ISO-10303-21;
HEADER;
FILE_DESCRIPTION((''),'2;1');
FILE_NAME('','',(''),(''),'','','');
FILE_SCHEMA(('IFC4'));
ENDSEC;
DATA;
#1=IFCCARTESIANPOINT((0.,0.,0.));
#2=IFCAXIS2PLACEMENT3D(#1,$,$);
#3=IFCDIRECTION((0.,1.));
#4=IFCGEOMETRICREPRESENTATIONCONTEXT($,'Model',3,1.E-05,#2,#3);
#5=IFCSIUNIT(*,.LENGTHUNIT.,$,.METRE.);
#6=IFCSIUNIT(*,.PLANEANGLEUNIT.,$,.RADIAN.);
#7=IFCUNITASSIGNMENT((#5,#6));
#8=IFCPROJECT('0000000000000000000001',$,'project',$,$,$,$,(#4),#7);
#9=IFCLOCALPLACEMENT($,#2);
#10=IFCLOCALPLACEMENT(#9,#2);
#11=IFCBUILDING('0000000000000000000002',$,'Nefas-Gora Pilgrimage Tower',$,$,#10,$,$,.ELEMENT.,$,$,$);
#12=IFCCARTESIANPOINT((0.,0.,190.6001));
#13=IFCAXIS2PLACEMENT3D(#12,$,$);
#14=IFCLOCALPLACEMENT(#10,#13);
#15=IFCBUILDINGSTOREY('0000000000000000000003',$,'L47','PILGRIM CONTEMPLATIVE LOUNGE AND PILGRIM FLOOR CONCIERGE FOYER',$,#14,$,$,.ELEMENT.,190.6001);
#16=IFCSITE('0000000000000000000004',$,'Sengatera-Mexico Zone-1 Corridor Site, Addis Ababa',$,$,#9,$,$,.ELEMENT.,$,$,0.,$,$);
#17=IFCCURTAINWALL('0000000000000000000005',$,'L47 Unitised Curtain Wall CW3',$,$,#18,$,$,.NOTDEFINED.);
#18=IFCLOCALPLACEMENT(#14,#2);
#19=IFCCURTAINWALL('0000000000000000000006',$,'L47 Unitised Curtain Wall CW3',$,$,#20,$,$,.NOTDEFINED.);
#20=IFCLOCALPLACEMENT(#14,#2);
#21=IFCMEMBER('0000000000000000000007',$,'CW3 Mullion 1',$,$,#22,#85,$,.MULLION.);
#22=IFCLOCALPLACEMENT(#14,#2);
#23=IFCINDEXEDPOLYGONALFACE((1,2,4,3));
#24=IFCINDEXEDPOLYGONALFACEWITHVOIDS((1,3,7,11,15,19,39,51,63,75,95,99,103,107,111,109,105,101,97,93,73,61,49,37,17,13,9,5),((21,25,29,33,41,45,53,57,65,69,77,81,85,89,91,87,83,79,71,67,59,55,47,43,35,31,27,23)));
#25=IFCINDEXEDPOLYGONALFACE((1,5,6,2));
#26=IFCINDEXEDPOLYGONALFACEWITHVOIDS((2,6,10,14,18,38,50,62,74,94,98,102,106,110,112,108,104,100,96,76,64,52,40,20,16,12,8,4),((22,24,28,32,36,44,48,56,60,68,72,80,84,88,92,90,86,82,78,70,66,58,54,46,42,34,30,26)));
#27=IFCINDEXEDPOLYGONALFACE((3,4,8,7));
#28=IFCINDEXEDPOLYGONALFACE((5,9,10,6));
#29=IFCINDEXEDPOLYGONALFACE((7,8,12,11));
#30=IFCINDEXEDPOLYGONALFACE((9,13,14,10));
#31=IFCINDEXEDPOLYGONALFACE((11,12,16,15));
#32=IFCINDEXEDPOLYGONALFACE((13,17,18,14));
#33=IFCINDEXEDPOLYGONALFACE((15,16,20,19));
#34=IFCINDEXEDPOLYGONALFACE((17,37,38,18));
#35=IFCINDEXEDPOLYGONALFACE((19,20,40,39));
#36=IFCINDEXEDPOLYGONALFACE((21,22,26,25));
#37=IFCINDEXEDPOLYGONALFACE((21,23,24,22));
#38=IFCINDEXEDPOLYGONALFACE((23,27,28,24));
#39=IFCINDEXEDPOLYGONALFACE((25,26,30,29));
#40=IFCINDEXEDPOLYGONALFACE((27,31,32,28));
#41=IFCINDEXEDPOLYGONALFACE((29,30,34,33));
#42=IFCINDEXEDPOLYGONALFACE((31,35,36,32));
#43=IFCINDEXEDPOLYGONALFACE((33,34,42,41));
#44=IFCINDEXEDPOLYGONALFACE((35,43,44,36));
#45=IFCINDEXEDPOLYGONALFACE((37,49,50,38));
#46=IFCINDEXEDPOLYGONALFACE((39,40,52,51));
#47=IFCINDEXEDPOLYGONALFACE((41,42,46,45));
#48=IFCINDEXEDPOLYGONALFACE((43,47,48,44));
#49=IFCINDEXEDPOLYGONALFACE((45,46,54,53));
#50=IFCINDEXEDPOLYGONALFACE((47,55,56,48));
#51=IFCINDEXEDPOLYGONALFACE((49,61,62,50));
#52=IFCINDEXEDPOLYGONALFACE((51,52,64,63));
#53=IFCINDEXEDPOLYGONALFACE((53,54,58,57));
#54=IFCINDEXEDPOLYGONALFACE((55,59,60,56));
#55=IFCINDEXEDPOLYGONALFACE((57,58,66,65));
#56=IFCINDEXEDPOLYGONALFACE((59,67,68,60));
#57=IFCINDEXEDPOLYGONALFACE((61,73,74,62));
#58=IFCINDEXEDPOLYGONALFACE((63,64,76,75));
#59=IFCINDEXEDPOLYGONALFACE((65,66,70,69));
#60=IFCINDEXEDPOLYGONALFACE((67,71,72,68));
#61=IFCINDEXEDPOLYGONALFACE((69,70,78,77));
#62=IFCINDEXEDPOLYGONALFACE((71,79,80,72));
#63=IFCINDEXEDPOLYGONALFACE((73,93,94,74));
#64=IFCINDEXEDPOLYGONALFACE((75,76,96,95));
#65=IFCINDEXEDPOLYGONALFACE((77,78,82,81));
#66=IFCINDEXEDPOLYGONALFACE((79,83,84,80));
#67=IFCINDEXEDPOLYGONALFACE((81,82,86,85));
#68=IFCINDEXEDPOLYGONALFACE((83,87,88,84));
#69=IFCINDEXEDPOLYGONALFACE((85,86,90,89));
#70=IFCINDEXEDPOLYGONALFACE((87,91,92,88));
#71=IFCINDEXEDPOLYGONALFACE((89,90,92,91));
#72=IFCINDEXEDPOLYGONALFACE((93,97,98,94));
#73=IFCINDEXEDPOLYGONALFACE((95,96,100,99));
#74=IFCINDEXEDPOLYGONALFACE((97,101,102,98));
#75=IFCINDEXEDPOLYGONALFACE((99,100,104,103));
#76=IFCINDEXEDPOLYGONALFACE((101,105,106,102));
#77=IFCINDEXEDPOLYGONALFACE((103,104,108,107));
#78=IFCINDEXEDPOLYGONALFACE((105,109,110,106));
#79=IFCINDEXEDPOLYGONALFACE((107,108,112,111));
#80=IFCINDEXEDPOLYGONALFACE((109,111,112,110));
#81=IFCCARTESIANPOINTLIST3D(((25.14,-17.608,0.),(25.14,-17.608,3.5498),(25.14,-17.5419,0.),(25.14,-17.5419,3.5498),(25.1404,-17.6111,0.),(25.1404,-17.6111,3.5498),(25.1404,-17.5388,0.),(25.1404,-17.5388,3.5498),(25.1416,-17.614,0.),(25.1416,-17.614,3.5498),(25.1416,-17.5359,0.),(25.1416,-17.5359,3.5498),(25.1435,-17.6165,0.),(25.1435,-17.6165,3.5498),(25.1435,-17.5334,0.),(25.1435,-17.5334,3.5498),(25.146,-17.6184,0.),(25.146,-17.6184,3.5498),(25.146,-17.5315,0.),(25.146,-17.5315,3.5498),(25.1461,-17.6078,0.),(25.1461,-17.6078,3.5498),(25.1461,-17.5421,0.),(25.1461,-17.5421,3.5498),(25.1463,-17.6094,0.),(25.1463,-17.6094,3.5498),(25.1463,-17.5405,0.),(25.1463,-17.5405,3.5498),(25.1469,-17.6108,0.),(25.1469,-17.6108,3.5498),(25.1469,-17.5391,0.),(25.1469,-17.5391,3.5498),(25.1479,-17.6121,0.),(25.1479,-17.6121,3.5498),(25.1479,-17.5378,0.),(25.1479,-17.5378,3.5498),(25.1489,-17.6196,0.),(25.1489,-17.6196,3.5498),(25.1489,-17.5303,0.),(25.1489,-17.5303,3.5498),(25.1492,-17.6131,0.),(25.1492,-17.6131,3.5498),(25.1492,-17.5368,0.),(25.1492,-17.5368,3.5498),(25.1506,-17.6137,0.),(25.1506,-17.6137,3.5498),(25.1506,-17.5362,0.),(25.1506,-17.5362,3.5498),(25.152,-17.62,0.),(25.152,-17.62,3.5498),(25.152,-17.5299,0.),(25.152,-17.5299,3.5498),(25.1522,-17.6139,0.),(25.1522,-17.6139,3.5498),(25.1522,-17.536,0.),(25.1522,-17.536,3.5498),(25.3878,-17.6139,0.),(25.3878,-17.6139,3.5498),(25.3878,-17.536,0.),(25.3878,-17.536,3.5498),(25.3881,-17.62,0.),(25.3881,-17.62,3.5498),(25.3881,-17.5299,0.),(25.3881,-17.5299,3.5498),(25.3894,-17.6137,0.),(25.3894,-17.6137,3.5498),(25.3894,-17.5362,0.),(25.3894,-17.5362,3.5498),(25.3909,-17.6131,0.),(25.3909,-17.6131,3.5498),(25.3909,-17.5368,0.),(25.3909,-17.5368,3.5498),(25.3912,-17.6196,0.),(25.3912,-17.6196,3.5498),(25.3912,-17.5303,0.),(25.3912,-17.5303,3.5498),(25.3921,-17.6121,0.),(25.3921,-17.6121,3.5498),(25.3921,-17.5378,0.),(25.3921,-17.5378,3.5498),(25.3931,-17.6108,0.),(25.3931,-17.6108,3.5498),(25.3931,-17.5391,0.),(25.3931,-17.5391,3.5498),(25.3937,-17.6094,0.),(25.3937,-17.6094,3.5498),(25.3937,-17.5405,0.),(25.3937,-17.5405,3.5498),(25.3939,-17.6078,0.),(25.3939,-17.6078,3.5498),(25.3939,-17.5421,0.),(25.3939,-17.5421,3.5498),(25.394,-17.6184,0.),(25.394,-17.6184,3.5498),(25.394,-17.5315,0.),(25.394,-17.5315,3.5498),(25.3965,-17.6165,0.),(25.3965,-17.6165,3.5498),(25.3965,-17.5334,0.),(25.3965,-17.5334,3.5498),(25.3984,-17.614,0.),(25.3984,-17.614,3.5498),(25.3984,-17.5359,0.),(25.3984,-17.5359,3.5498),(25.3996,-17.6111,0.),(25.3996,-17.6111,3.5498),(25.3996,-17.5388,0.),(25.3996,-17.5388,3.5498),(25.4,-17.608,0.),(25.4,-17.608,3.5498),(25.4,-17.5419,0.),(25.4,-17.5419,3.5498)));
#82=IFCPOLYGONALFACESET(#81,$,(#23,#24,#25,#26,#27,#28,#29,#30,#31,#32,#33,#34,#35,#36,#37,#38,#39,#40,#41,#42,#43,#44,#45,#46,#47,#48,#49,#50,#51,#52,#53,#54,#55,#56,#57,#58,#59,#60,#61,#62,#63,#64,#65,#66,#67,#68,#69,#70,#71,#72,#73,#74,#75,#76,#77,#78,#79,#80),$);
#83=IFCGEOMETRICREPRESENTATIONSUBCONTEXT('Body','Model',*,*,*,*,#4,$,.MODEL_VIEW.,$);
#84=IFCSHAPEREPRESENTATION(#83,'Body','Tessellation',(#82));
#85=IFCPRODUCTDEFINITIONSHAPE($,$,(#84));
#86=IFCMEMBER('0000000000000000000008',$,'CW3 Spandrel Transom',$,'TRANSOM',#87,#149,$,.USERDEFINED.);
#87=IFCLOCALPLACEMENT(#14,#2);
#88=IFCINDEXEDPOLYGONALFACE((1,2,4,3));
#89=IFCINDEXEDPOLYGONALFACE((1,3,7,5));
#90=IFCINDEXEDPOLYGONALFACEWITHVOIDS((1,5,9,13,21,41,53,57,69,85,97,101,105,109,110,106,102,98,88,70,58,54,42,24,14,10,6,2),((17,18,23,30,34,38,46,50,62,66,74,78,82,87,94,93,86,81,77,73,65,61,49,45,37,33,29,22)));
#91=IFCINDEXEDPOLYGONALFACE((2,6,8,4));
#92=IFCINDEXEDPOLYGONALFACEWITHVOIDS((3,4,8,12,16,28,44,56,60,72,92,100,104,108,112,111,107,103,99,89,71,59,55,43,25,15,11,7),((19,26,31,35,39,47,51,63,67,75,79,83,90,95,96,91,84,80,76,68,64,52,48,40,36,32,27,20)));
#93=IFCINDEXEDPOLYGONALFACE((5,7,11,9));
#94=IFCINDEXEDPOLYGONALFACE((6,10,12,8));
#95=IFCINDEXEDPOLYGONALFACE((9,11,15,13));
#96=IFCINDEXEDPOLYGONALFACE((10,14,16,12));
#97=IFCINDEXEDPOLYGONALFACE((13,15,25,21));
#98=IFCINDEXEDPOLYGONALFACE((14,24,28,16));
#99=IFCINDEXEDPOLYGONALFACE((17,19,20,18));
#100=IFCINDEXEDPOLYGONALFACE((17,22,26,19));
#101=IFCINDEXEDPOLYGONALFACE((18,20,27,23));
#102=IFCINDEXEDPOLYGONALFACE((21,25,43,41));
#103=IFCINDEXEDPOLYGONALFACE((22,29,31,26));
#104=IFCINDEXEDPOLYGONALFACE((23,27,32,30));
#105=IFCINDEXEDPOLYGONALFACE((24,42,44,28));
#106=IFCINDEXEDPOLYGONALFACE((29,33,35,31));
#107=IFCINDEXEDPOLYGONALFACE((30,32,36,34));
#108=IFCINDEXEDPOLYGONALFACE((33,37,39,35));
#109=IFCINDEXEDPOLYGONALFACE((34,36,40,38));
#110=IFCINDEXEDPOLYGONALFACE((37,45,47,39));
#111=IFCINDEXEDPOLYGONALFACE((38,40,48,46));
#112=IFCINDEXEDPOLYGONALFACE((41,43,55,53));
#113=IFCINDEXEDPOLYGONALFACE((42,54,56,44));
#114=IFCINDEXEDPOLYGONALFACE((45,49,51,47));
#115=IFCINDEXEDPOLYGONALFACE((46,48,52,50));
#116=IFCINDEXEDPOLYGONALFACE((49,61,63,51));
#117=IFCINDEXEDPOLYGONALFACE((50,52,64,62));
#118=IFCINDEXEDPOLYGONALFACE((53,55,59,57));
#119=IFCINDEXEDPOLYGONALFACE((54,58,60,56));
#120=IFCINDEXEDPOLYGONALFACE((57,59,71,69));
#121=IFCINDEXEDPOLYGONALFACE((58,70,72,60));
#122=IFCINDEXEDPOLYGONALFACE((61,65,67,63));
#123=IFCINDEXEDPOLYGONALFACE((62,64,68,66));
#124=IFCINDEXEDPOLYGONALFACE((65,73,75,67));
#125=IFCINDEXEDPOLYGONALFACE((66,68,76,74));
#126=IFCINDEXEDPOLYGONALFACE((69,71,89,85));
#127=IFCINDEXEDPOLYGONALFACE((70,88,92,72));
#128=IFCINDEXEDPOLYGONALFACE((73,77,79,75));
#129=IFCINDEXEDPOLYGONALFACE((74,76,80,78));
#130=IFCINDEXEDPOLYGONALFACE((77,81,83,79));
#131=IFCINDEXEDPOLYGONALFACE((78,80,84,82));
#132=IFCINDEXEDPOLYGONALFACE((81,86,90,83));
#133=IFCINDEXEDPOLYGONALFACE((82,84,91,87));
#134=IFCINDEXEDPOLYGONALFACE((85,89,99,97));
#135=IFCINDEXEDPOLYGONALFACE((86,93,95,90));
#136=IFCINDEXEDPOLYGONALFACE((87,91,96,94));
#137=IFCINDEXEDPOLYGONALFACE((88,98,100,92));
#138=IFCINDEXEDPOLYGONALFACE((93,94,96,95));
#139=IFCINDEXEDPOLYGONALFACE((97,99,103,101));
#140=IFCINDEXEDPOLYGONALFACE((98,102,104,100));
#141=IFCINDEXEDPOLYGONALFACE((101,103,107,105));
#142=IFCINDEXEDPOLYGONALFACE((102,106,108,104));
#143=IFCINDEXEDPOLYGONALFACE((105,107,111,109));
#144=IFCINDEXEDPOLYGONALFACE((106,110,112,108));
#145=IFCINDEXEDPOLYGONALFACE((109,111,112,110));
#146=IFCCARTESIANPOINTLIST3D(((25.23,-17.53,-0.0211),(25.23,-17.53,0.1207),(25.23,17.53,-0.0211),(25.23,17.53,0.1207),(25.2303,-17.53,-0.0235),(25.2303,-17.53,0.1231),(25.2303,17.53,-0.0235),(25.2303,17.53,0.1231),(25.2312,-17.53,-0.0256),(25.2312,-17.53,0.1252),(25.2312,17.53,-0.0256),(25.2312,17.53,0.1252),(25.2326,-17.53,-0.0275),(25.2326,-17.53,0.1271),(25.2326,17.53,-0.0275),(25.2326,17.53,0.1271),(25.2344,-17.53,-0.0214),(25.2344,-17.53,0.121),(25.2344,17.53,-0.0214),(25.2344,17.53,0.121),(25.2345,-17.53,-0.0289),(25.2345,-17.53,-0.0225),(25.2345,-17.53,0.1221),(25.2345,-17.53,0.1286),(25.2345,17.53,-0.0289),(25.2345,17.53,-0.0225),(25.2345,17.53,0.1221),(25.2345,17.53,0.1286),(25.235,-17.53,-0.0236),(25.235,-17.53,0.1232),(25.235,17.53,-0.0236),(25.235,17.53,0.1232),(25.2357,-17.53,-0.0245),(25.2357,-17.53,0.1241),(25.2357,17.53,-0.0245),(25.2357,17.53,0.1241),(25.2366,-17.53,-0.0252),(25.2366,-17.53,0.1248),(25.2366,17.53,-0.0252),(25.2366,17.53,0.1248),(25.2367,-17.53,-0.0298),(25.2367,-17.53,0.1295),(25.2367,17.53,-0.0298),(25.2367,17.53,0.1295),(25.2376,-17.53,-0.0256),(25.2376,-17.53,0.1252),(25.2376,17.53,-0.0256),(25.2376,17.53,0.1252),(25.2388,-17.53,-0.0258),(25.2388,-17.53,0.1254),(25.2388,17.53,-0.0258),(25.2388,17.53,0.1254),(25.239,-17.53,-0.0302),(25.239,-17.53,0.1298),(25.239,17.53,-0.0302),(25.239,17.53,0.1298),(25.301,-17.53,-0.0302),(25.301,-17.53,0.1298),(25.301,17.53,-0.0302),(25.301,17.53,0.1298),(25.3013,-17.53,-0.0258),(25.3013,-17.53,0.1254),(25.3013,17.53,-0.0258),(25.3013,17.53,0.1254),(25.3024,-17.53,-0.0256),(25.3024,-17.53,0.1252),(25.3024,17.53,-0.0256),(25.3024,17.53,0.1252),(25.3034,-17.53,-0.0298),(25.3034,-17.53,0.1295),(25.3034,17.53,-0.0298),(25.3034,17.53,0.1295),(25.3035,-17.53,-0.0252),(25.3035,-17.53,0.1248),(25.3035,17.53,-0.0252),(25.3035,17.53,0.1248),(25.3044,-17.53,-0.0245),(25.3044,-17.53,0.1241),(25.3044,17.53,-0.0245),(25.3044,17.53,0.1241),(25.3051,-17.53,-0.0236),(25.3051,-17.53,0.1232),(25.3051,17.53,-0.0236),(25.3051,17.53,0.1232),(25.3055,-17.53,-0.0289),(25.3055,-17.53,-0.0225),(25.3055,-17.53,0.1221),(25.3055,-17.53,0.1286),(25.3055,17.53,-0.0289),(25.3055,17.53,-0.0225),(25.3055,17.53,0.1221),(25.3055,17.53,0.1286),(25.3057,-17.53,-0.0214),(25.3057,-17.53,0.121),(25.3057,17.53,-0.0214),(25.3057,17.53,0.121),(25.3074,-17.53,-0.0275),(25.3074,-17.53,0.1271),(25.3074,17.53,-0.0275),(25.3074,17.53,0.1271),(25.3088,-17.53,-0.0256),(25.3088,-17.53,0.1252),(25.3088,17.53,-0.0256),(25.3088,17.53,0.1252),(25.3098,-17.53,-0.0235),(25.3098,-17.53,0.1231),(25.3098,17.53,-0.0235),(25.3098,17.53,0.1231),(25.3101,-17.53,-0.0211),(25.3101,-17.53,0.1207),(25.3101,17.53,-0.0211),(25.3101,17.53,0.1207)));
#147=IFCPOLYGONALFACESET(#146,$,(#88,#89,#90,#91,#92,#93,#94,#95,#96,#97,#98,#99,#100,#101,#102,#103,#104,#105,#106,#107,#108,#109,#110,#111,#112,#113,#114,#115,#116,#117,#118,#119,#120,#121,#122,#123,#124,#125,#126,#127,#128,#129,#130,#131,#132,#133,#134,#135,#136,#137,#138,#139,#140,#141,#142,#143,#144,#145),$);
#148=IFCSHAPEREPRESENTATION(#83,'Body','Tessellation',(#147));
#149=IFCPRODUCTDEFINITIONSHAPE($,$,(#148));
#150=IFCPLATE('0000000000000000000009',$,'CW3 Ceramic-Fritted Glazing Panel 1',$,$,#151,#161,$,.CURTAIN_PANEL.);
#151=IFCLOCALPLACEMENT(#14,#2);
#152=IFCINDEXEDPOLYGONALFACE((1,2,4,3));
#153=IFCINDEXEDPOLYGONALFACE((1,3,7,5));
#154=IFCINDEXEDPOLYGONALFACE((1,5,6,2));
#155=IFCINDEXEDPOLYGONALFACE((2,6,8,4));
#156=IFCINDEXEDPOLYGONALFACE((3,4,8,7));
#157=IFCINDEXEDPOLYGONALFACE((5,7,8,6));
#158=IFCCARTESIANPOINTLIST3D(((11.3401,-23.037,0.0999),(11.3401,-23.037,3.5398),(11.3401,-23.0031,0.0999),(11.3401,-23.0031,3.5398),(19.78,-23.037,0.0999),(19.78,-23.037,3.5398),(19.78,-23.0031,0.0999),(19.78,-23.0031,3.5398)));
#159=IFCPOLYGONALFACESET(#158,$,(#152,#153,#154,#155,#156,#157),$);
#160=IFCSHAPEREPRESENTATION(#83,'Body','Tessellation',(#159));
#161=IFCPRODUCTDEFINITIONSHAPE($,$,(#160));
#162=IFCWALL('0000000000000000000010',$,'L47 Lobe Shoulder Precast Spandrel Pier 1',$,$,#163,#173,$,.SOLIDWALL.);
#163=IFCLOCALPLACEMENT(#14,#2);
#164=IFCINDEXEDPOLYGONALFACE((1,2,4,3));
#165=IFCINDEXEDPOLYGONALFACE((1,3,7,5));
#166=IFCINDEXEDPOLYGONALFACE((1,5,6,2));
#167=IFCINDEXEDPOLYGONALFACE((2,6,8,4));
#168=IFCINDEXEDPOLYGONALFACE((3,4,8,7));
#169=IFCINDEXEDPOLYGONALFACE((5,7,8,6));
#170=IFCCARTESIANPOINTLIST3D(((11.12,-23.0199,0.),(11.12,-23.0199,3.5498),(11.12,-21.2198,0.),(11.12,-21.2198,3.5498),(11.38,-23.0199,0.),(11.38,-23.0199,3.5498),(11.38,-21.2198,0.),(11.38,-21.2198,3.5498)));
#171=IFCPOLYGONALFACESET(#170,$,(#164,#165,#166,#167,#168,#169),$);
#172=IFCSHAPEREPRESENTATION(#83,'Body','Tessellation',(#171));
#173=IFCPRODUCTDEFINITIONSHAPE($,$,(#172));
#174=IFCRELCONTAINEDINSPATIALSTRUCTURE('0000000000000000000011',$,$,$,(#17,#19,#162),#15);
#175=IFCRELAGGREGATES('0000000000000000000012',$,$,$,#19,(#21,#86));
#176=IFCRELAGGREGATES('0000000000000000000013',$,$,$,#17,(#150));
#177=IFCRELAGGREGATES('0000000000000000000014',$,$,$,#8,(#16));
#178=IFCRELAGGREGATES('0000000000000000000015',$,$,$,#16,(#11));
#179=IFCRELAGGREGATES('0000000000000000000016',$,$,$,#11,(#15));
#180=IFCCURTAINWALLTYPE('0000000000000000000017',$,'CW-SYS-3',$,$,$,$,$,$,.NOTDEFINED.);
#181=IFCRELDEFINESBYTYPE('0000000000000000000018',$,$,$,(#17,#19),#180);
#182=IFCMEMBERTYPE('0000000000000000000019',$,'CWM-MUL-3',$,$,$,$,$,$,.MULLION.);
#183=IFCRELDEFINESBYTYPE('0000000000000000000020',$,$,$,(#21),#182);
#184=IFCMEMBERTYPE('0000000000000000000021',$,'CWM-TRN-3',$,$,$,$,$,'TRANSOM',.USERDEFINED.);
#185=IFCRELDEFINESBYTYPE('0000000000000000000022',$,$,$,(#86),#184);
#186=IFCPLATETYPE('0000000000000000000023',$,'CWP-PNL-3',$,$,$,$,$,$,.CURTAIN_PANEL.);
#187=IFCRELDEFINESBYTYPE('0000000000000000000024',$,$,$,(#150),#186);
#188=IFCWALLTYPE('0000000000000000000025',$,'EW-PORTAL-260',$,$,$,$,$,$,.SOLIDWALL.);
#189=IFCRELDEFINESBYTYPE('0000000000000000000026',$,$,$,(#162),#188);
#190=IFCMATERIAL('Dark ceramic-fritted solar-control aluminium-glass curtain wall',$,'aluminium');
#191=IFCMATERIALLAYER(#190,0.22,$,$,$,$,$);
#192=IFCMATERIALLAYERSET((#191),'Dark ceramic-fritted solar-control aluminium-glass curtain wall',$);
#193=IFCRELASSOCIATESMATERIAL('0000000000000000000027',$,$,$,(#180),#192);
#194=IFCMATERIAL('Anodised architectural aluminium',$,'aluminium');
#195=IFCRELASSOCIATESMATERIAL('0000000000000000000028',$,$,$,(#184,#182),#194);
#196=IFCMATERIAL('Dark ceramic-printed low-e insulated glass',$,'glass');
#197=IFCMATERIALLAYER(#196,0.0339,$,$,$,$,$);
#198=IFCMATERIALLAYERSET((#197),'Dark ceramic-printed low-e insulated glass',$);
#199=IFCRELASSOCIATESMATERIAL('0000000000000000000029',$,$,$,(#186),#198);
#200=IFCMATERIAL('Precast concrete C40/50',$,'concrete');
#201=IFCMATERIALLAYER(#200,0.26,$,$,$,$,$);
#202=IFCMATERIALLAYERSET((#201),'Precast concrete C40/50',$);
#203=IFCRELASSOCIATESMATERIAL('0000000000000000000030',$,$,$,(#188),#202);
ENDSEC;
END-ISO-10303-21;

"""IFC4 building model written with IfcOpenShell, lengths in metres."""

from ifc_helpers import new_model, si_unit, direction, frame, frame_2d, origin, origin_2d, place, context, subcontext, project, spatial, rectangle, hollow_rectangle, extrude, source, transform, mapped, material, layer, layer_set, material_profile, profile_set, type_object, element, aggregate, save


model = new_model("IFC4")

# Units and contexts
model_context = context("Model", 3, precision=1e-05, world=origin(), true_north=direction((0.0, 1.0)))
body_context = subcontext(model_context, "Body", "Model", "MODEL_VIEW")
ifc_project = project(units=[si_unit("LENGTHUNIT", "METRE"), si_unit("PLANEANGLEUNIT", "RADIAN")], contexts=[model_context])

# Site, building, storey
site_placement = place(None, origin())
site = spatial("IfcSite", under=ifc_project, at=site_placement, Name="Sengatera-Mexico Zone-1 Corridor Site, Addis Ababa", CompositionType="ELEMENT", RefElevation=0.0)
building_placement = place(site_placement, origin())
building = spatial("IfcBuilding", under=site, at=building_placement, Name="Nefas-Gora Pilgrimage Tower", CompositionType="ELEMENT")
storey_placement = place(building_placement, frame((0.0, 0.0, 190.6001)))
storey = spatial("IfcBuildingStorey", under=building, at=storey_placement, Name="L47", Description="PILGRIM CONTEMPLATIVE LOUNGE AND PILGRIM FLOOR CONCIERGE FOYER", CompositionType="ELEMENT", Elevation=190.6001)

# Shared definitions
ifc_material_1 = material(Name="Dark ceramic-fritted solar-control aluminium-glass curtain wall", Category="aluminium")
ifc_material_2 = material(Name="Anodised architectural aluminium", Category="aluminium")

# Curtain walls, members
ifc_layer_1 = layer(ifc_material_1, 0.22)
ifc_layer_set_1 = layer_set([ifc_layer_1], Name="Dark ceramic-fritted solar-control aluminium-glass curtain wall")
curtain_wall_type_1 = type_object("IfcCurtainWallType", Name="CW-SYS-3", PredefinedType="NOTDEFINED", material=ifc_layer_set_1)
curtain_wall_1_placement = place(storey_placement, origin())
curtain_wall_1 = element("IfcCurtainWall", 1, at=curtain_wall_1_placement, inside=storey, type_object=curtain_wall_type_1, Name="L47 Unitised Curtain Wall CW3", PredefinedType="NOTDEFINED")
ifc_material_profile_1 = material_profile(ifc_material_2, hollow_rectangle(XDim=0.0801, YDim=0.1599, WallThickness=0.0044, InnerFilletRadius=0.0044, OuterFilletRadius=0.009, at=origin_2d()), Name="ALU TRANSOM 80x160")
ifc_profile_set_1 = profile_set([ifc_material_profile_1], Name="Anodised architectural aluminium")
member_type_1 = type_object("IfcMemberType", Name="CWM-TRN-3", ElementType="TRANSOM", PredefinedType="USERDEFINED", material=ifc_profile_set_1)
ifc_material_profile_2 = material_profile(ifc_material_2, hollow_rectangle(XDim=0.0901, YDim=0.26, WallThickness=0.0061, InnerFilletRadius=0.0061, OuterFilletRadius=0.012, at=origin_2d()), Name="ALU MULLION 90x260")
ifc_profile_set_2 = profile_set([ifc_material_profile_2], Name="Anodised architectural aluminium")
member_type_2 = type_object("IfcMemberType", Name="CWM-MUL-3", PredefinedType="MULLION", material=ifc_profile_set_2)
shared_shape_1 = source(origin(), body_context, "Body", "SweptSolid", [
    extrude(hollow_rectangle(XDim=0.0901, YDim=0.26, WallThickness=0.0061, InnerFilletRadius=0.0061, OuterFilletRadius=0.012, at=origin_2d()), origin(), (0.0, 0.0, 1.0), 3.5498),
])
curtain_wall_2_placement = place(storey_placement, origin())
curtain_wall_2 = element("IfcCurtainWall", 2, at=curtain_wall_2_placement, inside=storey, type_object=curtain_wall_type_1, Name="L47 Unitised Curtain Wall CW3", PredefinedType="NOTDEFINED")
member_1_placement = place(storey_placement, frame((25.27, -17.575, 0.0), z_axis=(0.0, 0.0, 1.0), x_axis=(0.0, 1.0, 0.0)))
member_1 = element("IfcMember", 3, at=member_1_placement, type_object=member_type_2, Name="CW3 Mullion 1", PredefinedType="MULLION", context=body_context, shape_type="MappedRepresentation", body=[
    mapped(shared_shape_1, transform((0.0, 0.0, 0.0), x_axis=(1.0, 0.0, 0.0), y_axis=(0.0, 1.0, 0.0), z_axis=(0.0, 0.0, 1.0), scale=1.0)),
])
shared_shape_2 = source(origin(), body_context, "Body", "SweptSolid", [
    extrude(hollow_rectangle(XDim=0.0801, YDim=0.1599, WallThickness=0.0044, InnerFilletRadius=0.0044, OuterFilletRadius=0.009, at=origin_2d()), origin(), (0.0, 0.0, 1.0), 35.0601),
])
member_2_placement = place(storey_placement, frame((25.27, -17.53, 0.0498), z_axis=(0.0, 1.0, 0.0), x_axis=(-1.0, 0.0, 0.0)))
member_2 = element("IfcMember", 4, at=member_2_placement, type_object=member_type_1, Name="CW3 Spandrel Transom", ObjectType="TRANSOM", PredefinedType="USERDEFINED", context=body_context, shape_type="MappedRepresentation", body=[
    mapped(shared_shape_2, transform((0.0, 0.0, 0.0), x_axis=(1.0, 0.0, 0.0), y_axis=(0.0, 1.0, 0.0), z_axis=(0.0, 0.0, 1.0), scale=1.0)),
])
aggregate(curtain_wall_2, [member_1, member_2])

# Plate
ifc_material_3 = material(Name="Dark ceramic-printed low-e insulated glass", Category="glass")
ifc_layer_2 = layer(ifc_material_3, 0.0339)
ifc_layer_set_2 = layer_set([ifc_layer_2], Name="Dark ceramic-printed low-e insulated glass")
plate_type = type_object("IfcPlateType", Name="CWP-PNL-3", PredefinedType="CURTAIN_PANEL", material=ifc_layer_set_2)
shared_shape_3 = source(origin(), body_context, "Body", "SweptSolid", [
    extrude(rectangle(XDim=8.4399, YDim=0.0339, at=origin_2d()), origin(), (0.0, 0.0, 1.0), 3.4399),
])
plate_placement = place(storey_placement, frame((15.5601, -23.02, 0.0999), z_axis=(0.0, 0.0, 1.0), x_axis=(1.0, 0.0, 0.0)))
plate = element("IfcPlate", 5, at=plate_placement, type_object=plate_type, Name="CW3 Ceramic-Fritted Glazing Panel 1", PredefinedType="CURTAIN_PANEL", context=body_context, shape_type="MappedRepresentation", body=[
    mapped(shared_shape_3, transform((0.0, 0.0, 0.0), x_axis=(1.0, 0.0, 0.0), y_axis=(0.0, 1.0, 0.0), z_axis=(0.0, 0.0, 1.0), scale=1.0)),
])
aggregate(curtain_wall_1, [plate])

# Wall
ifc_material_4 = material(Name="Precast concrete C40/50", Category="concrete")
ifc_layer_3 = layer(ifc_material_4, 0.26)
ifc_layer_set_3 = layer_set([ifc_layer_3], Name="Precast concrete C40/50")
wall_type_1 = type_object("IfcWallType", Name="EW-PORTAL-260", PredefinedType="SOLIDWALL", material=ifc_layer_set_3)
shared_shape_4 = source(origin(), body_context, "Body", "SweptSolid", [
    extrude(rectangle(XDim=1.8, YDim=0.26, at=frame_2d((0.8999, 0.0))), origin(), (0.0, 0.0, 1.0), 3.5498),
])
wall_1_placement = place(storey_placement, frame((11.25, -21.22, 0.0), z_axis=(0.0, 0.0, 1.0), x_axis=(0.0, -1.0, 0.0)))
element("IfcWall", 6, at=wall_1_placement, inside=storey, type_object=wall_type_1, Name="L47 Lobe Shoulder Precast Spandrel Pier 1", PredefinedType="SOLIDWALL", context=body_context, shape_type="MappedRepresentation", body=[
    mapped(shared_shape_4, transform((0.0, 0.0, 0.0), x_axis=(1.0, 0.0, 0.0), y_axis=(0.0, 1.0, 0.0), z_axis=(0.0, 0.0, 1.0), scale=1.0)),
])

save(model, "model.ifc")
